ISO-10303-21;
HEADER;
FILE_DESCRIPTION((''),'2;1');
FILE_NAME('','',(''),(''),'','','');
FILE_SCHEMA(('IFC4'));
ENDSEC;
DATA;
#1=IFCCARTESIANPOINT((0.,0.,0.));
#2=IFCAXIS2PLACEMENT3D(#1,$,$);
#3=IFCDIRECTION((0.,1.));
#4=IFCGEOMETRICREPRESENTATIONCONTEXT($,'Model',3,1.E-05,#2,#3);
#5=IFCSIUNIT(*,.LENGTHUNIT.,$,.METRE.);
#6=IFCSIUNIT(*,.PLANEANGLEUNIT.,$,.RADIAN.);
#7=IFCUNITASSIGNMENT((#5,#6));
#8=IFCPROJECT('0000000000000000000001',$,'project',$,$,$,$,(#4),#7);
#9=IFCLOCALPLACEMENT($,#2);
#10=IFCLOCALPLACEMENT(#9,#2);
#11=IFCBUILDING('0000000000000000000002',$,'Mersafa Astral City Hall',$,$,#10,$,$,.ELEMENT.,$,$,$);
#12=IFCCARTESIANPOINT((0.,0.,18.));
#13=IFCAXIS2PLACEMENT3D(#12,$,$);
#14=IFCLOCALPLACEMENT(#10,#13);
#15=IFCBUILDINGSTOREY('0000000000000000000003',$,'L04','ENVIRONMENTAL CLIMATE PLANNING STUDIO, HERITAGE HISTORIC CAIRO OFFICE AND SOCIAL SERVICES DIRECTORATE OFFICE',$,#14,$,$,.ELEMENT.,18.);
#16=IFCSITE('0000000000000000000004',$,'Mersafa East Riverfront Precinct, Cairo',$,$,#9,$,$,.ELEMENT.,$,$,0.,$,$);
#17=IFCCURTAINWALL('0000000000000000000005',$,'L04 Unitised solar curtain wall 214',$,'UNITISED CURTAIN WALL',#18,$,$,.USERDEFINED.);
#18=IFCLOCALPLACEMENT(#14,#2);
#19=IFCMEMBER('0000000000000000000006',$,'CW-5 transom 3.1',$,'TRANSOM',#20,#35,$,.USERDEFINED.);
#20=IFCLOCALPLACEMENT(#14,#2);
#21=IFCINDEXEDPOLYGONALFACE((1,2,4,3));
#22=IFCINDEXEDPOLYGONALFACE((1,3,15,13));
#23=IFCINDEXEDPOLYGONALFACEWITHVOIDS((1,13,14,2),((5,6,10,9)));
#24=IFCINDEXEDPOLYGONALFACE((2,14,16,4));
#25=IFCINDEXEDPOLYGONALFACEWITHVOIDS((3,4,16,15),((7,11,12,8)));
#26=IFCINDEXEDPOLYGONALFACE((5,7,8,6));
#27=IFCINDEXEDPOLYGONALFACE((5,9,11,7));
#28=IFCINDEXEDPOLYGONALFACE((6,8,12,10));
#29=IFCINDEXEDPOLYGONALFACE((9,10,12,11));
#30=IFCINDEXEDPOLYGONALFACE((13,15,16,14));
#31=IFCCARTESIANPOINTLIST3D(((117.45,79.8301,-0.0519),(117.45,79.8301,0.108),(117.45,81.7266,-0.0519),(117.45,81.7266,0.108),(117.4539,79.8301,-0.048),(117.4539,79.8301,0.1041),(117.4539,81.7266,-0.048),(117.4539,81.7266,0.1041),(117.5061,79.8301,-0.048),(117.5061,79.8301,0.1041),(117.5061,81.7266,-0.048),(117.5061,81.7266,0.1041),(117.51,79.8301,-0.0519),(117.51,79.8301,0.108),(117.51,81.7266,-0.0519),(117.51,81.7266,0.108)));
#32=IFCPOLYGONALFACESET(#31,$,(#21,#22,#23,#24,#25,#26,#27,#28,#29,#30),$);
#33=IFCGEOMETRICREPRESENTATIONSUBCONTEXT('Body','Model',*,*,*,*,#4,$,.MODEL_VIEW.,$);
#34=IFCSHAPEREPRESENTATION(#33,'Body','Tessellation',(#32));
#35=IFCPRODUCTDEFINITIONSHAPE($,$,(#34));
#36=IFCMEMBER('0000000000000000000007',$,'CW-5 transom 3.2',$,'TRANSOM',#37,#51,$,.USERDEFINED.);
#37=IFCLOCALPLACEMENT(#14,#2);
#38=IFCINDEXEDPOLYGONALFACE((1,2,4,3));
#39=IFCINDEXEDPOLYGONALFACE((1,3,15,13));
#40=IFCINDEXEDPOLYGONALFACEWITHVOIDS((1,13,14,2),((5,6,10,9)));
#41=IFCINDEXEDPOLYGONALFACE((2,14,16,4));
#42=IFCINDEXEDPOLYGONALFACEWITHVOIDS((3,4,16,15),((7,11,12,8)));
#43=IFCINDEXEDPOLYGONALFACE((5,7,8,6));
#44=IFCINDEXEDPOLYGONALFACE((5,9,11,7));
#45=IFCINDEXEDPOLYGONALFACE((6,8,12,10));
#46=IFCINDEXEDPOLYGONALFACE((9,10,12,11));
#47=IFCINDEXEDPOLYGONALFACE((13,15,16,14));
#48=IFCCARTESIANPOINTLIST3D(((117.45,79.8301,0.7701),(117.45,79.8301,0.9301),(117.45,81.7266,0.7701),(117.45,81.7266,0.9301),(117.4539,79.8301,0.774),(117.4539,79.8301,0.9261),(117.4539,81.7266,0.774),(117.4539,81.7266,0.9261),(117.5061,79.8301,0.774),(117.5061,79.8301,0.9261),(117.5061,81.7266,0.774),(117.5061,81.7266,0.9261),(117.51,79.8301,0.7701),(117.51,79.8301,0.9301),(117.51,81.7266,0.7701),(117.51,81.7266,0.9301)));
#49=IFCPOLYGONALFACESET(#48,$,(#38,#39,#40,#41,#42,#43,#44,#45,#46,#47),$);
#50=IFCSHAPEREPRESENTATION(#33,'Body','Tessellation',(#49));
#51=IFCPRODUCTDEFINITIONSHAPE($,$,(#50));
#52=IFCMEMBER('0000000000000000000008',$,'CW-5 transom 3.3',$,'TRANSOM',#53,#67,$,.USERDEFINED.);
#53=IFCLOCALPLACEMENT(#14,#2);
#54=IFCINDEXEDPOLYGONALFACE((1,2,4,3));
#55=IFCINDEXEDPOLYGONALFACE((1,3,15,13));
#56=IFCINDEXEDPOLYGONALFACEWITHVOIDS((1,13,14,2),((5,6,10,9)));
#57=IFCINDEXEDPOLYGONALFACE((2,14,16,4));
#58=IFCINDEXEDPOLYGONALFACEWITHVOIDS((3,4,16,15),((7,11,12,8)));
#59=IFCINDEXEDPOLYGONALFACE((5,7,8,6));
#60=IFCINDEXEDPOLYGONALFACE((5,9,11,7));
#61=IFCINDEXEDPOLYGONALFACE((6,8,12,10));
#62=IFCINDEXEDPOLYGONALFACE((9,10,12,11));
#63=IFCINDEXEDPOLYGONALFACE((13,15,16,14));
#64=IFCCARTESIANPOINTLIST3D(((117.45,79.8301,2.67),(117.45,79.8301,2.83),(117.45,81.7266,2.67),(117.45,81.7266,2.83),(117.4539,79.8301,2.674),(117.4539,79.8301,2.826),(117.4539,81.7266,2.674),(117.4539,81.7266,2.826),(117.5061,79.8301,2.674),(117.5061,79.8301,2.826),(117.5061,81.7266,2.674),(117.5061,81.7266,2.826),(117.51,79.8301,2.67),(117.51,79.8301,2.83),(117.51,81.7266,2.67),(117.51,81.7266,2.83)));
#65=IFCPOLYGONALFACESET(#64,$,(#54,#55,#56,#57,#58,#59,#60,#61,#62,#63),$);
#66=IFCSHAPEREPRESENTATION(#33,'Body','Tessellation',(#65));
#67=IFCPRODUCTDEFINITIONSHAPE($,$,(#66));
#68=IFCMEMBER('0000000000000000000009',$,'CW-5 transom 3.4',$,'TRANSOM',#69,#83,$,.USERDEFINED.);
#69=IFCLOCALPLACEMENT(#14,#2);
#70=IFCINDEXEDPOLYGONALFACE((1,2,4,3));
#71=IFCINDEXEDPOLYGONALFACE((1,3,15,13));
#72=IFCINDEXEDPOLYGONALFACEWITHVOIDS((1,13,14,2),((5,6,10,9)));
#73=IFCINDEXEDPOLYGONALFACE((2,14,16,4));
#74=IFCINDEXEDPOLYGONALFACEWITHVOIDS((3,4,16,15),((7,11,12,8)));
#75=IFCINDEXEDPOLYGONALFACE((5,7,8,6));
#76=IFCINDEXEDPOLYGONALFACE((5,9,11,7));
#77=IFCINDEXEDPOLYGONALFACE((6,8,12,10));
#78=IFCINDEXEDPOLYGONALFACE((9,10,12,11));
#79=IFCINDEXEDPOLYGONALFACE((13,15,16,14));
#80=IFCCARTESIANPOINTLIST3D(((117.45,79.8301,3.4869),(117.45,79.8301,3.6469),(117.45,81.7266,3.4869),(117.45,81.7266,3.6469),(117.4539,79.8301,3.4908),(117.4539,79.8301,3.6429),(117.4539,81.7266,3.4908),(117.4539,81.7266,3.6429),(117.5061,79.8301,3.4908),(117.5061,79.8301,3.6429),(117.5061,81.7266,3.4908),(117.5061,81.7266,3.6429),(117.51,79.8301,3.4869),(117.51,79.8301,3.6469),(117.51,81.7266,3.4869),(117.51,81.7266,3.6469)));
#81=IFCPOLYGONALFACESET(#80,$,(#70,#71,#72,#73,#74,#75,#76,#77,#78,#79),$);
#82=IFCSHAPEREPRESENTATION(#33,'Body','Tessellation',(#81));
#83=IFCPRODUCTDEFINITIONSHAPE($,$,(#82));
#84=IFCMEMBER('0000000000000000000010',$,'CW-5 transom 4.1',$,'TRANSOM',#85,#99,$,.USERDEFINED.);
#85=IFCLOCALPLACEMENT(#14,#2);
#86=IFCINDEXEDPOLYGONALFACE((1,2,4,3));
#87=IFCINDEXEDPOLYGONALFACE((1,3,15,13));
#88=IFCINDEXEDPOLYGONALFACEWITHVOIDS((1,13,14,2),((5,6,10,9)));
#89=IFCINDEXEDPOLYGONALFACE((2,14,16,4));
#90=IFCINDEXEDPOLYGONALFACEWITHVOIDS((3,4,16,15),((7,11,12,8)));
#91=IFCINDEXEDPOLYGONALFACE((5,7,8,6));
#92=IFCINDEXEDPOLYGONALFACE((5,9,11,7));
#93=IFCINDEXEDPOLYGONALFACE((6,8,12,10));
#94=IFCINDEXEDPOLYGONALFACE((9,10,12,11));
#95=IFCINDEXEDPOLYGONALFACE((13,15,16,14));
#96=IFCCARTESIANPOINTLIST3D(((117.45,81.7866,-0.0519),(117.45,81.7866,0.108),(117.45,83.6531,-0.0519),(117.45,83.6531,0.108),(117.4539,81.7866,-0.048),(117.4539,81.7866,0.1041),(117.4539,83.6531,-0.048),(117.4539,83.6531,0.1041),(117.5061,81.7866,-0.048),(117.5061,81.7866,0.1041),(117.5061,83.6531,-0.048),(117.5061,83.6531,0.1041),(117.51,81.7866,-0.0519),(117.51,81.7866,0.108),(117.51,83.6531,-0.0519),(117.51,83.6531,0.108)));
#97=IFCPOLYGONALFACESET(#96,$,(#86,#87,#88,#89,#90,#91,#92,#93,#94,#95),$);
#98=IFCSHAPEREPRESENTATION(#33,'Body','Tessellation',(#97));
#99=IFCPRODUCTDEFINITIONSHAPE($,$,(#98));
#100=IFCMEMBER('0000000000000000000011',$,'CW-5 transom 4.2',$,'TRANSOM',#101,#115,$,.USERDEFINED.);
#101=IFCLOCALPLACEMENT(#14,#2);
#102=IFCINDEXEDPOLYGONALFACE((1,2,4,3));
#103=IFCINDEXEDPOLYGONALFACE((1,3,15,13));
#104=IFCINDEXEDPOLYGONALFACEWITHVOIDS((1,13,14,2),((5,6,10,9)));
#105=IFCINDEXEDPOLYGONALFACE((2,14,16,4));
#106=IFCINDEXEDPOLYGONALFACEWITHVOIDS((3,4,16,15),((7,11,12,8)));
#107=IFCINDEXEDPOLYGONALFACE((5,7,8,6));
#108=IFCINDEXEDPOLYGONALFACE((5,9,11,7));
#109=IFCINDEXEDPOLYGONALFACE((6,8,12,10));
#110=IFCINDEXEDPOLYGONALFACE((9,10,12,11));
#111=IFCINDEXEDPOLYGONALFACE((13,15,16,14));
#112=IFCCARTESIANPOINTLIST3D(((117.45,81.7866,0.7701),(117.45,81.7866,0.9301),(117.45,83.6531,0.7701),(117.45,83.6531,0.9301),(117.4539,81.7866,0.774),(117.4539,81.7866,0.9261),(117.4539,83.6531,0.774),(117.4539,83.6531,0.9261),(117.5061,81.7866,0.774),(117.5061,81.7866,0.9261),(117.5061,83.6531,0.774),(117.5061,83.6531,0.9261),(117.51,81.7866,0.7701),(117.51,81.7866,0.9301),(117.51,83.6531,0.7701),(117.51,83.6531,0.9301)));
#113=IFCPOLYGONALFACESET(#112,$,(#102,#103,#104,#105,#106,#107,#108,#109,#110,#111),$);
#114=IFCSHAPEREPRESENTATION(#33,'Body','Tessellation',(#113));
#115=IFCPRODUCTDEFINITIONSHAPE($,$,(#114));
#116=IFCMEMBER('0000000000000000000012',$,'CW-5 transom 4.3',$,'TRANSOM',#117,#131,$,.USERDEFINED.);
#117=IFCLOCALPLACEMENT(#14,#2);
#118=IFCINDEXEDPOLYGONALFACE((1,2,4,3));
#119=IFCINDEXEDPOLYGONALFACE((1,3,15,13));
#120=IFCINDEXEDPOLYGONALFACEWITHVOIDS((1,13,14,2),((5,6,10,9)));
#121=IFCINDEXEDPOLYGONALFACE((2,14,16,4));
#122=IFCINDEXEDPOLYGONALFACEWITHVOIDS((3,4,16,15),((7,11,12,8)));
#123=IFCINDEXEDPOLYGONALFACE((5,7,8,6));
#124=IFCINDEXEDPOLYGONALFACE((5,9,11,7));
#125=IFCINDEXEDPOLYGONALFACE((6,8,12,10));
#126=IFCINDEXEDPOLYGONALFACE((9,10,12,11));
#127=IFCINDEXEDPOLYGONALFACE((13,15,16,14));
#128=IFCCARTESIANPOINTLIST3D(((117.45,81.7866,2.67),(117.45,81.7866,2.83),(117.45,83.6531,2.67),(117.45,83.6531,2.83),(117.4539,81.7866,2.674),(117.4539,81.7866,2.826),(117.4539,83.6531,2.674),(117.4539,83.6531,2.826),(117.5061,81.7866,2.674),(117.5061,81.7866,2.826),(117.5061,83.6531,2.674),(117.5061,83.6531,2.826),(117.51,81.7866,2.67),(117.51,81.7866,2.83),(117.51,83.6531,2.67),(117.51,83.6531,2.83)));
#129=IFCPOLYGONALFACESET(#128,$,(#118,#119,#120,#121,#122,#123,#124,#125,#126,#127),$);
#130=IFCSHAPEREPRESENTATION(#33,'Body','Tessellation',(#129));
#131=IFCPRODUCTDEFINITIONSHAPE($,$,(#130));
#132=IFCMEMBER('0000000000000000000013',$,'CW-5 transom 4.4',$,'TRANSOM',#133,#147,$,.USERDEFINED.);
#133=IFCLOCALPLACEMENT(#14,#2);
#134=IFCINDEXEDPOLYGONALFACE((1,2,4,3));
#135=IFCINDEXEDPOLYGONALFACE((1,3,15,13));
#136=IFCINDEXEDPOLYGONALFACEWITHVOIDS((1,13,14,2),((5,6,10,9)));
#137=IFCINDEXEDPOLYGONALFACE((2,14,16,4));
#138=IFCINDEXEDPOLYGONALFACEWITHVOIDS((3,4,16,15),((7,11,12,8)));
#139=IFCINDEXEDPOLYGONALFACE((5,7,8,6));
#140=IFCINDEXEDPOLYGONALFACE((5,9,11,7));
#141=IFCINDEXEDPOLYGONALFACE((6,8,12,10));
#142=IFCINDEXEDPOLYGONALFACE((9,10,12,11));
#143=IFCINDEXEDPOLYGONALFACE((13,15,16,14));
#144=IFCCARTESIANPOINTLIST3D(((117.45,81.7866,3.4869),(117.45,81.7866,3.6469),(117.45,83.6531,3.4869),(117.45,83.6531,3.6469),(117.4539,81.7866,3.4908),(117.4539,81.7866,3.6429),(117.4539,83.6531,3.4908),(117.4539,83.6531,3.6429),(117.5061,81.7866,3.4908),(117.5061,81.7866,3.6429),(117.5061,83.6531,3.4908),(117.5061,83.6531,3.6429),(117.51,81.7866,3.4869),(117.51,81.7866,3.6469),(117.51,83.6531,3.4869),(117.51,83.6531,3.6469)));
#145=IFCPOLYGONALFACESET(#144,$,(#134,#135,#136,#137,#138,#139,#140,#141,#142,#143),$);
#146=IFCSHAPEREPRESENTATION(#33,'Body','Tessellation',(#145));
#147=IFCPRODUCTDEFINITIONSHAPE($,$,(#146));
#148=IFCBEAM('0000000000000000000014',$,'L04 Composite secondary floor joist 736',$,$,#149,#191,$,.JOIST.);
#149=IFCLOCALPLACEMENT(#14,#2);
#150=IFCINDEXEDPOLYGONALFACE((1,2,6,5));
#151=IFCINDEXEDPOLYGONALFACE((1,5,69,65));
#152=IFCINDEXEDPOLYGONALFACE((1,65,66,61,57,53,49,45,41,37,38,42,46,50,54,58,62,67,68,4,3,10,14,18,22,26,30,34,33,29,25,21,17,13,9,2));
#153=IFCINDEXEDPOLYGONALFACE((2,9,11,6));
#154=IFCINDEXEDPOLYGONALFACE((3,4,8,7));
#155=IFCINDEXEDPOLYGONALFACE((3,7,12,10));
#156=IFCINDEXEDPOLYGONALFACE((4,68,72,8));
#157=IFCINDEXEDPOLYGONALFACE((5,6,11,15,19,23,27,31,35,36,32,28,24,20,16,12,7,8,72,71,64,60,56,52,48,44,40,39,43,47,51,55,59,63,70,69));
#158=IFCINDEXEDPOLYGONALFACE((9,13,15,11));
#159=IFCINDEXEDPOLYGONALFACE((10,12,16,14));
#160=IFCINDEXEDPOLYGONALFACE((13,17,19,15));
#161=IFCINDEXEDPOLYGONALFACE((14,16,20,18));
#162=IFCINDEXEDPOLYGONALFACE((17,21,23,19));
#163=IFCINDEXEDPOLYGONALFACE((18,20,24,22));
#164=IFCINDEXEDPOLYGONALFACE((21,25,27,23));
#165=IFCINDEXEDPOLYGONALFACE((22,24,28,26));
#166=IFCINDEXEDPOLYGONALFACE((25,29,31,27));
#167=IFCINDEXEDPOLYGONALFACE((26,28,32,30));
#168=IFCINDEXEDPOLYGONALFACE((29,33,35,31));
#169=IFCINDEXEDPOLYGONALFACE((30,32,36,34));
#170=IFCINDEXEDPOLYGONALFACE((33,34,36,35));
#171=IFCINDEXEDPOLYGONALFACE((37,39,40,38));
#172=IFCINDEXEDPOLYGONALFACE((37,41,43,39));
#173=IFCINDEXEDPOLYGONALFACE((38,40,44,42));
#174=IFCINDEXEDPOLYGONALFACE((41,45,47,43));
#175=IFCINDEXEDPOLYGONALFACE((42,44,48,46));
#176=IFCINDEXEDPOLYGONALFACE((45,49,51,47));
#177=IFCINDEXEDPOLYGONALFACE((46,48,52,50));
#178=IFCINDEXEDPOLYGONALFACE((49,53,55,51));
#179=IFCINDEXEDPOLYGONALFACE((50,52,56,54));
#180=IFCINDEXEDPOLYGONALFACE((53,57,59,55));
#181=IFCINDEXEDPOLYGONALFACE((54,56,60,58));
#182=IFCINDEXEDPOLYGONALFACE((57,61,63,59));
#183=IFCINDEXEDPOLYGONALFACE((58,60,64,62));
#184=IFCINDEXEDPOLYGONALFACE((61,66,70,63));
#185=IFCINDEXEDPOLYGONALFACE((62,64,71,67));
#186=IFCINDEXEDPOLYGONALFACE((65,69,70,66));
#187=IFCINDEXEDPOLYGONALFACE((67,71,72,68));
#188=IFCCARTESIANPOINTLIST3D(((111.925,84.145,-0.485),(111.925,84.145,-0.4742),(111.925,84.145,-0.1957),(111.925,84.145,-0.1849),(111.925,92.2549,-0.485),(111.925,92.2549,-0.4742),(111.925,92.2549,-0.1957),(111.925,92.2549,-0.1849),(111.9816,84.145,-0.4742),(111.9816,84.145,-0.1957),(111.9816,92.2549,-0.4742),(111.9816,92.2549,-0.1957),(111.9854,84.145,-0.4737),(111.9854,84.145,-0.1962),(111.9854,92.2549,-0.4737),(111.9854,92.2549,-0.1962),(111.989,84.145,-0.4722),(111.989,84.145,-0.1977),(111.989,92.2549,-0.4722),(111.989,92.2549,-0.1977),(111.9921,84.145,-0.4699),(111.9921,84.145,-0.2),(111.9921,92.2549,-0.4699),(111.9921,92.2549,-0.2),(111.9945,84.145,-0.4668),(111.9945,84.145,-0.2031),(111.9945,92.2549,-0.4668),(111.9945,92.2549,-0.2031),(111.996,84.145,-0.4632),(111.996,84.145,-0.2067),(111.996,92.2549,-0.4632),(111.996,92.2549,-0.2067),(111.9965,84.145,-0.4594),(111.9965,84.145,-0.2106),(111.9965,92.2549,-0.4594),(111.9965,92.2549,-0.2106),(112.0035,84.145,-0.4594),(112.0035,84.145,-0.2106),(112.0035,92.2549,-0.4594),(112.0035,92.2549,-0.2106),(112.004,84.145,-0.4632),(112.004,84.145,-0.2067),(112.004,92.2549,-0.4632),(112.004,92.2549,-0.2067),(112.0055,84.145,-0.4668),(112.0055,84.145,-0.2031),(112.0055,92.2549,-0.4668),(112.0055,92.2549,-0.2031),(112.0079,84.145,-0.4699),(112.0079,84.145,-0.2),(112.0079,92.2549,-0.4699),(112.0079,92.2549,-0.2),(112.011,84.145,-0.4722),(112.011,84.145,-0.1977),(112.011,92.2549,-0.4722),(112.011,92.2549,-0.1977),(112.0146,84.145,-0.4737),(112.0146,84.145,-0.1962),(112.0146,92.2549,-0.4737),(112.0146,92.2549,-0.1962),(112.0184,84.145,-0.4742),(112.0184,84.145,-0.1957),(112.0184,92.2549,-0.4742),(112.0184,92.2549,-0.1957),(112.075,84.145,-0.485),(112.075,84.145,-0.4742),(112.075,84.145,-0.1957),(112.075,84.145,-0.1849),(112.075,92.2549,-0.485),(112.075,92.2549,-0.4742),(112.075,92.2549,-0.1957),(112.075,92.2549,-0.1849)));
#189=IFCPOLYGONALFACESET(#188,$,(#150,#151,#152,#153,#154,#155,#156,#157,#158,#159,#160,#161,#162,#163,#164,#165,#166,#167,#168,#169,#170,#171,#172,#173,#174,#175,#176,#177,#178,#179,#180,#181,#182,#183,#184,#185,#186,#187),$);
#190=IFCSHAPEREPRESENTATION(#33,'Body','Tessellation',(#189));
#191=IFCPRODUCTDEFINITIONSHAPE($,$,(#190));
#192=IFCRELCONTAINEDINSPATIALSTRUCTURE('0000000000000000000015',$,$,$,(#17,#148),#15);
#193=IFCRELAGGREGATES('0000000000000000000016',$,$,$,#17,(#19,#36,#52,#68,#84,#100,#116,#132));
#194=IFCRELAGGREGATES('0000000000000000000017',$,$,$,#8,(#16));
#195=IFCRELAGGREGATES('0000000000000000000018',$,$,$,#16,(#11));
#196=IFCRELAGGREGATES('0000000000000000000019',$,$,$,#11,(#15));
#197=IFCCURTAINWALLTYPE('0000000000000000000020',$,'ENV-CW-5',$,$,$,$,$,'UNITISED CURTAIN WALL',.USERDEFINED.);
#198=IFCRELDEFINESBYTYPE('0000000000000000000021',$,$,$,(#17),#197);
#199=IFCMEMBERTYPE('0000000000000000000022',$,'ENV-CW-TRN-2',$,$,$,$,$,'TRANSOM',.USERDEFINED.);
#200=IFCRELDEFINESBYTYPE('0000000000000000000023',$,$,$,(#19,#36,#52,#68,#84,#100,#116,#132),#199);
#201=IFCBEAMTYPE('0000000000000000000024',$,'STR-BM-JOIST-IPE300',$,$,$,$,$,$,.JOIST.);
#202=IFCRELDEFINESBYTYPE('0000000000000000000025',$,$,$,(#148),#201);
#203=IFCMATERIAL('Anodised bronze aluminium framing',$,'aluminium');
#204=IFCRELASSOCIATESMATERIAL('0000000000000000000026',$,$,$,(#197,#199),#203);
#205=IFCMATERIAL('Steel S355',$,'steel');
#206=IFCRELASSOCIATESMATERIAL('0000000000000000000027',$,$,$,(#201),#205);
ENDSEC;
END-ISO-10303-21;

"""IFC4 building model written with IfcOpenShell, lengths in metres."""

from ifc_helpers import new_model, si_unit, direction, frame, origin, origin_2d, place, context, subcontext, project, spatial, hollow_rectangle, i_section, extrude, material, material_profile, profile_set, type_object, element, aggregate, save


model = new_model("IFC4")

# Units and contexts
model_context = context("Model", 3, precision=1e-05, world=origin(), true_north=direction((0.0, 1.0)))
body_context = subcontext(model_context, "Body", "Model", "MODEL_VIEW")
ifc_project = project(units=[si_unit("LENGTHUNIT", "METRE"), si_unit("PLANEANGLEUNIT", "RADIAN")], contexts=[model_context])

# Site, building, storey
site_placement = place(None, origin())
site = spatial("IfcSite", under=ifc_project, at=site_placement, Name="Mersafa East Riverfront Precinct, Cairo", CompositionType="ELEMENT", RefElevation=0.0)
building_placement = place(site_placement, origin())
building = spatial("IfcBuilding", under=site, at=building_placement, Name="Mersafa Astral City Hall", CompositionType="ELEMENT")
storey_placement = place(building_placement, frame((0.0, 0.0, 18.0)))
storey = spatial("IfcBuildingStorey", under=building, at=storey_placement, Name="L04", Description="ENVIRONMENTAL CLIMATE PLANNING STUDIO, HERITAGE HISTORIC CAIRO OFFICE AND SOCIAL SERVICES DIRECTORATE OFFICE", CompositionType="ELEMENT", Elevation=18.0)

# Shared definitions
ifc_material_1 = material(Name="Steel S355", Category="steel")

# Curtain wall
ifc_material_2 = material(Name="Anodised bronze aluminium framing", Category="aluminium")
curtain_wall_type_1 = type_object("IfcCurtainWallType", Name="ENV-CW-5", ElementType="UNITISED CURTAIN WALL", PredefinedType="USERDEFINED", material=ifc_material_2)
curtain_wall_1_placement = place(storey_placement, origin())
curtain_wall_1 = element("IfcCurtainWall", 1, at=curtain_wall_1_placement, inside=storey, type_object=curtain_wall_type_1, Name="L04 Unitised solar curtain wall 214", ObjectType="UNITISED CURTAIN WALL", PredefinedType="USERDEFINED")

# Members
ifc_material_profile_1 = material_profile(ifc_material_2, hollow_rectangle(XDim=0.0601, YDim=0.1599, WallThickness=0.0039, at=origin_2d()), Name="RHS 60x160x4")
ifc_profile_set_1 = profile_set([ifc_material_profile_1], Name="Anodised bronze aluminium framing")
member_type_1 = type_object("IfcMemberType", Name="ENV-CW-TRN-2", ElementType="TRANSOM", PredefinedType="USERDEFINED", material=ifc_profile_set_1)
member_1_placement = place(storey_placement, frame((117.48, 79.8301, 0.0281), z_axis=(0.0, 1.0, 0.0), x_axis=(-1.0, 0.0, 0.0)))
member_1 = element("IfcMember", 2, at=member_1_placement, type_object=member_type_1, Name="CW-5 transom 3.1", ObjectType="TRANSOM", PredefinedType="USERDEFINED", context=body_context, shape_type="SweptSolid", body=[
    extrude(hollow_rectangle(XDim=0.0601, YDim=0.1599, WallThickness=0.0039, at=origin_2d()), origin(), (0.0, 0.0, 1.0), 1.8965),
])
member_2_placement = place(storey_placement, frame((117.48, 79.8301, 0.8501), z_axis=(0.0, 1.0, 0.0), x_axis=(-1.0, 0.0, 0.0)))
member_2 = element("IfcMember", 3, at=member_2_placement, type_object=member_type_1, Name="CW-5 transom 3.2", ObjectType="TRANSOM", PredefinedType="USERDEFINED", context=body_context, shape_type="SweptSolid", body=[
    extrude(hollow_rectangle(XDim=0.0601, YDim=0.1599, WallThickness=0.0039, at=origin_2d()), origin(), (0.0, 0.0, 1.0), 1.8965),
])
member_3_placement = place(storey_placement, frame((117.48, 79.8301, 2.75), z_axis=(0.0, 1.0, 0.0), x_axis=(-1.0, 0.0, 0.0)))
member_3 = element("IfcMember", 4, at=member_3_placement, type_object=member_type_1, Name="CW-5 transom 3.3", ObjectType="TRANSOM", PredefinedType="USERDEFINED", context=body_context, shape_type="SweptSolid", body=[
    extrude(hollow_rectangle(XDim=0.0601, YDim=0.1599, WallThickness=0.0039, at=origin_2d()), origin(), (0.0, 0.0, 1.0), 1.8965),
])
member_4_placement = place(storey_placement, frame((117.48, 79.8301, 3.5669), z_axis=(0.0, 1.0, 0.0), x_axis=(-1.0, 0.0, 0.0)))
member_4 = element("IfcMember", 5, at=member_4_placement, type_object=member_type_1, Name="CW-5 transom 3.4", ObjectType="TRANSOM", PredefinedType="USERDEFINED", context=body_context, shape_type="SweptSolid", body=[
    extrude(hollow_rectangle(XDim=0.0601, YDim=0.1599, WallThickness=0.0039, at=origin_2d()), origin(), (0.0, 0.0, 1.0), 1.8965),
])
member_5_placement = place(storey_placement, frame((117.48, 81.7866, 0.0281), z_axis=(0.0, 1.0, 0.0), x_axis=(-1.0, 0.0, 0.0)))
member_5 = element("IfcMember", 6, at=member_5_placement, type_object=member_type_1, Name="CW-5 transom 4.1", ObjectType="TRANSOM", PredefinedType="USERDEFINED", context=body_context, shape_type="SweptSolid", body=[
    extrude(hollow_rectangle(XDim=0.0601, YDim=0.1599, WallThickness=0.0039, at=origin_2d()), origin(), (0.0, 0.0, 1.0), 1.8665),
])
member_6_placement = place(storey_placement, frame((117.48, 81.7866, 0.8501), z_axis=(0.0, 1.0, 0.0), x_axis=(-1.0, 0.0, 0.0)))
member_6 = element("IfcMember", 7, at=member_6_placement, type_object=member_type_1, Name="CW-5 transom 4.2", ObjectType="TRANSOM", PredefinedType="USERDEFINED", context=body_context, shape_type="SweptSolid", body=[
    extrude(hollow_rectangle(XDim=0.0601, YDim=0.1599, WallThickness=0.0039, at=origin_2d()), origin(), (0.0, 0.0, 1.0), 1.8665),
])
member_7_placement = place(storey_placement, frame((117.48, 81.7866, 2.75), z_axis=(0.0, 1.0, 0.0), x_axis=(-1.0, 0.0, 0.0)))
member_7 = element("IfcMember", 8, at=member_7_placement, type_object=member_type_1, Name="CW-5 transom 4.3", ObjectType="TRANSOM", PredefinedType="USERDEFINED", context=body_context, shape_type="SweptSolid", body=[
    extrude(hollow_rectangle(XDim=0.0601, YDim=0.1599, WallThickness=0.0039, at=origin_2d()), origin(), (0.0, 0.0, 1.0), 1.8665),
])
member_8_placement = place(storey_placement, frame((117.48, 81.7866, 3.5669), z_axis=(0.0, 1.0, 0.0), x_axis=(-1.0, 0.0, 0.0)))
member_8 = element("IfcMember", 9, at=member_8_placement, type_object=member_type_1, Name="CW-5 transom 4.4", ObjectType="TRANSOM", PredefinedType="USERDEFINED", context=body_context, shape_type="SweptSolid", body=[
    extrude(hollow_rectangle(XDim=0.0601, YDim=0.1599, WallThickness=0.0039, at=origin_2d()), origin(), (0.0, 0.0, 1.0), 1.8665),
])

# Beam
ifc_material_profile_2 = material_profile(ifc_material_1, i_section(OverallWidth=0.1499, OverallDepth=0.3, WebThickness=0.0071, FlangeThickness=0.0107, FilletRadius=0.0149, at=origin_2d()), Name="IPE 300")
ifc_profile_set_2 = profile_set([ifc_material_profile_2], Name="Steel S355")
beam_type_1 = type_object("IfcBeamType", Name="STR-BM-JOIST-IPE300", PredefinedType="JOIST", material=ifc_profile_set_2)
for number, where, z_axis, x_axis, name in (
    (10, (112.0, 84.145, -0.335), (0.0, 1.0, 0.0), (-1.0, 0.0, 0.0), "L04 Composite secondary floor joist 736"),
):
    element("IfcBeam", number, at=place(storey_placement, frame(where, z_axis=z_axis, x_axis=x_axis)), inside=storey, type_object=beam_type_1, Name=name, PredefinedType="JOIST", context=body_context, shape_type="SweptSolid", body=[
        extrude(i_section(OverallWidth=0.1499, OverallDepth=0.3, WebThickness=0.0071, FlangeThickness=0.0107, FilletRadius=0.0149, at=origin_2d()), origin(), (0.0, 0.0, 1.0), 8.1099),
    ])

aggregate(curtain_wall_1, [member_1, member_2, member_3, member_4, member_5, member_6, member_7, member_8])

save(model, "model.ifc")
